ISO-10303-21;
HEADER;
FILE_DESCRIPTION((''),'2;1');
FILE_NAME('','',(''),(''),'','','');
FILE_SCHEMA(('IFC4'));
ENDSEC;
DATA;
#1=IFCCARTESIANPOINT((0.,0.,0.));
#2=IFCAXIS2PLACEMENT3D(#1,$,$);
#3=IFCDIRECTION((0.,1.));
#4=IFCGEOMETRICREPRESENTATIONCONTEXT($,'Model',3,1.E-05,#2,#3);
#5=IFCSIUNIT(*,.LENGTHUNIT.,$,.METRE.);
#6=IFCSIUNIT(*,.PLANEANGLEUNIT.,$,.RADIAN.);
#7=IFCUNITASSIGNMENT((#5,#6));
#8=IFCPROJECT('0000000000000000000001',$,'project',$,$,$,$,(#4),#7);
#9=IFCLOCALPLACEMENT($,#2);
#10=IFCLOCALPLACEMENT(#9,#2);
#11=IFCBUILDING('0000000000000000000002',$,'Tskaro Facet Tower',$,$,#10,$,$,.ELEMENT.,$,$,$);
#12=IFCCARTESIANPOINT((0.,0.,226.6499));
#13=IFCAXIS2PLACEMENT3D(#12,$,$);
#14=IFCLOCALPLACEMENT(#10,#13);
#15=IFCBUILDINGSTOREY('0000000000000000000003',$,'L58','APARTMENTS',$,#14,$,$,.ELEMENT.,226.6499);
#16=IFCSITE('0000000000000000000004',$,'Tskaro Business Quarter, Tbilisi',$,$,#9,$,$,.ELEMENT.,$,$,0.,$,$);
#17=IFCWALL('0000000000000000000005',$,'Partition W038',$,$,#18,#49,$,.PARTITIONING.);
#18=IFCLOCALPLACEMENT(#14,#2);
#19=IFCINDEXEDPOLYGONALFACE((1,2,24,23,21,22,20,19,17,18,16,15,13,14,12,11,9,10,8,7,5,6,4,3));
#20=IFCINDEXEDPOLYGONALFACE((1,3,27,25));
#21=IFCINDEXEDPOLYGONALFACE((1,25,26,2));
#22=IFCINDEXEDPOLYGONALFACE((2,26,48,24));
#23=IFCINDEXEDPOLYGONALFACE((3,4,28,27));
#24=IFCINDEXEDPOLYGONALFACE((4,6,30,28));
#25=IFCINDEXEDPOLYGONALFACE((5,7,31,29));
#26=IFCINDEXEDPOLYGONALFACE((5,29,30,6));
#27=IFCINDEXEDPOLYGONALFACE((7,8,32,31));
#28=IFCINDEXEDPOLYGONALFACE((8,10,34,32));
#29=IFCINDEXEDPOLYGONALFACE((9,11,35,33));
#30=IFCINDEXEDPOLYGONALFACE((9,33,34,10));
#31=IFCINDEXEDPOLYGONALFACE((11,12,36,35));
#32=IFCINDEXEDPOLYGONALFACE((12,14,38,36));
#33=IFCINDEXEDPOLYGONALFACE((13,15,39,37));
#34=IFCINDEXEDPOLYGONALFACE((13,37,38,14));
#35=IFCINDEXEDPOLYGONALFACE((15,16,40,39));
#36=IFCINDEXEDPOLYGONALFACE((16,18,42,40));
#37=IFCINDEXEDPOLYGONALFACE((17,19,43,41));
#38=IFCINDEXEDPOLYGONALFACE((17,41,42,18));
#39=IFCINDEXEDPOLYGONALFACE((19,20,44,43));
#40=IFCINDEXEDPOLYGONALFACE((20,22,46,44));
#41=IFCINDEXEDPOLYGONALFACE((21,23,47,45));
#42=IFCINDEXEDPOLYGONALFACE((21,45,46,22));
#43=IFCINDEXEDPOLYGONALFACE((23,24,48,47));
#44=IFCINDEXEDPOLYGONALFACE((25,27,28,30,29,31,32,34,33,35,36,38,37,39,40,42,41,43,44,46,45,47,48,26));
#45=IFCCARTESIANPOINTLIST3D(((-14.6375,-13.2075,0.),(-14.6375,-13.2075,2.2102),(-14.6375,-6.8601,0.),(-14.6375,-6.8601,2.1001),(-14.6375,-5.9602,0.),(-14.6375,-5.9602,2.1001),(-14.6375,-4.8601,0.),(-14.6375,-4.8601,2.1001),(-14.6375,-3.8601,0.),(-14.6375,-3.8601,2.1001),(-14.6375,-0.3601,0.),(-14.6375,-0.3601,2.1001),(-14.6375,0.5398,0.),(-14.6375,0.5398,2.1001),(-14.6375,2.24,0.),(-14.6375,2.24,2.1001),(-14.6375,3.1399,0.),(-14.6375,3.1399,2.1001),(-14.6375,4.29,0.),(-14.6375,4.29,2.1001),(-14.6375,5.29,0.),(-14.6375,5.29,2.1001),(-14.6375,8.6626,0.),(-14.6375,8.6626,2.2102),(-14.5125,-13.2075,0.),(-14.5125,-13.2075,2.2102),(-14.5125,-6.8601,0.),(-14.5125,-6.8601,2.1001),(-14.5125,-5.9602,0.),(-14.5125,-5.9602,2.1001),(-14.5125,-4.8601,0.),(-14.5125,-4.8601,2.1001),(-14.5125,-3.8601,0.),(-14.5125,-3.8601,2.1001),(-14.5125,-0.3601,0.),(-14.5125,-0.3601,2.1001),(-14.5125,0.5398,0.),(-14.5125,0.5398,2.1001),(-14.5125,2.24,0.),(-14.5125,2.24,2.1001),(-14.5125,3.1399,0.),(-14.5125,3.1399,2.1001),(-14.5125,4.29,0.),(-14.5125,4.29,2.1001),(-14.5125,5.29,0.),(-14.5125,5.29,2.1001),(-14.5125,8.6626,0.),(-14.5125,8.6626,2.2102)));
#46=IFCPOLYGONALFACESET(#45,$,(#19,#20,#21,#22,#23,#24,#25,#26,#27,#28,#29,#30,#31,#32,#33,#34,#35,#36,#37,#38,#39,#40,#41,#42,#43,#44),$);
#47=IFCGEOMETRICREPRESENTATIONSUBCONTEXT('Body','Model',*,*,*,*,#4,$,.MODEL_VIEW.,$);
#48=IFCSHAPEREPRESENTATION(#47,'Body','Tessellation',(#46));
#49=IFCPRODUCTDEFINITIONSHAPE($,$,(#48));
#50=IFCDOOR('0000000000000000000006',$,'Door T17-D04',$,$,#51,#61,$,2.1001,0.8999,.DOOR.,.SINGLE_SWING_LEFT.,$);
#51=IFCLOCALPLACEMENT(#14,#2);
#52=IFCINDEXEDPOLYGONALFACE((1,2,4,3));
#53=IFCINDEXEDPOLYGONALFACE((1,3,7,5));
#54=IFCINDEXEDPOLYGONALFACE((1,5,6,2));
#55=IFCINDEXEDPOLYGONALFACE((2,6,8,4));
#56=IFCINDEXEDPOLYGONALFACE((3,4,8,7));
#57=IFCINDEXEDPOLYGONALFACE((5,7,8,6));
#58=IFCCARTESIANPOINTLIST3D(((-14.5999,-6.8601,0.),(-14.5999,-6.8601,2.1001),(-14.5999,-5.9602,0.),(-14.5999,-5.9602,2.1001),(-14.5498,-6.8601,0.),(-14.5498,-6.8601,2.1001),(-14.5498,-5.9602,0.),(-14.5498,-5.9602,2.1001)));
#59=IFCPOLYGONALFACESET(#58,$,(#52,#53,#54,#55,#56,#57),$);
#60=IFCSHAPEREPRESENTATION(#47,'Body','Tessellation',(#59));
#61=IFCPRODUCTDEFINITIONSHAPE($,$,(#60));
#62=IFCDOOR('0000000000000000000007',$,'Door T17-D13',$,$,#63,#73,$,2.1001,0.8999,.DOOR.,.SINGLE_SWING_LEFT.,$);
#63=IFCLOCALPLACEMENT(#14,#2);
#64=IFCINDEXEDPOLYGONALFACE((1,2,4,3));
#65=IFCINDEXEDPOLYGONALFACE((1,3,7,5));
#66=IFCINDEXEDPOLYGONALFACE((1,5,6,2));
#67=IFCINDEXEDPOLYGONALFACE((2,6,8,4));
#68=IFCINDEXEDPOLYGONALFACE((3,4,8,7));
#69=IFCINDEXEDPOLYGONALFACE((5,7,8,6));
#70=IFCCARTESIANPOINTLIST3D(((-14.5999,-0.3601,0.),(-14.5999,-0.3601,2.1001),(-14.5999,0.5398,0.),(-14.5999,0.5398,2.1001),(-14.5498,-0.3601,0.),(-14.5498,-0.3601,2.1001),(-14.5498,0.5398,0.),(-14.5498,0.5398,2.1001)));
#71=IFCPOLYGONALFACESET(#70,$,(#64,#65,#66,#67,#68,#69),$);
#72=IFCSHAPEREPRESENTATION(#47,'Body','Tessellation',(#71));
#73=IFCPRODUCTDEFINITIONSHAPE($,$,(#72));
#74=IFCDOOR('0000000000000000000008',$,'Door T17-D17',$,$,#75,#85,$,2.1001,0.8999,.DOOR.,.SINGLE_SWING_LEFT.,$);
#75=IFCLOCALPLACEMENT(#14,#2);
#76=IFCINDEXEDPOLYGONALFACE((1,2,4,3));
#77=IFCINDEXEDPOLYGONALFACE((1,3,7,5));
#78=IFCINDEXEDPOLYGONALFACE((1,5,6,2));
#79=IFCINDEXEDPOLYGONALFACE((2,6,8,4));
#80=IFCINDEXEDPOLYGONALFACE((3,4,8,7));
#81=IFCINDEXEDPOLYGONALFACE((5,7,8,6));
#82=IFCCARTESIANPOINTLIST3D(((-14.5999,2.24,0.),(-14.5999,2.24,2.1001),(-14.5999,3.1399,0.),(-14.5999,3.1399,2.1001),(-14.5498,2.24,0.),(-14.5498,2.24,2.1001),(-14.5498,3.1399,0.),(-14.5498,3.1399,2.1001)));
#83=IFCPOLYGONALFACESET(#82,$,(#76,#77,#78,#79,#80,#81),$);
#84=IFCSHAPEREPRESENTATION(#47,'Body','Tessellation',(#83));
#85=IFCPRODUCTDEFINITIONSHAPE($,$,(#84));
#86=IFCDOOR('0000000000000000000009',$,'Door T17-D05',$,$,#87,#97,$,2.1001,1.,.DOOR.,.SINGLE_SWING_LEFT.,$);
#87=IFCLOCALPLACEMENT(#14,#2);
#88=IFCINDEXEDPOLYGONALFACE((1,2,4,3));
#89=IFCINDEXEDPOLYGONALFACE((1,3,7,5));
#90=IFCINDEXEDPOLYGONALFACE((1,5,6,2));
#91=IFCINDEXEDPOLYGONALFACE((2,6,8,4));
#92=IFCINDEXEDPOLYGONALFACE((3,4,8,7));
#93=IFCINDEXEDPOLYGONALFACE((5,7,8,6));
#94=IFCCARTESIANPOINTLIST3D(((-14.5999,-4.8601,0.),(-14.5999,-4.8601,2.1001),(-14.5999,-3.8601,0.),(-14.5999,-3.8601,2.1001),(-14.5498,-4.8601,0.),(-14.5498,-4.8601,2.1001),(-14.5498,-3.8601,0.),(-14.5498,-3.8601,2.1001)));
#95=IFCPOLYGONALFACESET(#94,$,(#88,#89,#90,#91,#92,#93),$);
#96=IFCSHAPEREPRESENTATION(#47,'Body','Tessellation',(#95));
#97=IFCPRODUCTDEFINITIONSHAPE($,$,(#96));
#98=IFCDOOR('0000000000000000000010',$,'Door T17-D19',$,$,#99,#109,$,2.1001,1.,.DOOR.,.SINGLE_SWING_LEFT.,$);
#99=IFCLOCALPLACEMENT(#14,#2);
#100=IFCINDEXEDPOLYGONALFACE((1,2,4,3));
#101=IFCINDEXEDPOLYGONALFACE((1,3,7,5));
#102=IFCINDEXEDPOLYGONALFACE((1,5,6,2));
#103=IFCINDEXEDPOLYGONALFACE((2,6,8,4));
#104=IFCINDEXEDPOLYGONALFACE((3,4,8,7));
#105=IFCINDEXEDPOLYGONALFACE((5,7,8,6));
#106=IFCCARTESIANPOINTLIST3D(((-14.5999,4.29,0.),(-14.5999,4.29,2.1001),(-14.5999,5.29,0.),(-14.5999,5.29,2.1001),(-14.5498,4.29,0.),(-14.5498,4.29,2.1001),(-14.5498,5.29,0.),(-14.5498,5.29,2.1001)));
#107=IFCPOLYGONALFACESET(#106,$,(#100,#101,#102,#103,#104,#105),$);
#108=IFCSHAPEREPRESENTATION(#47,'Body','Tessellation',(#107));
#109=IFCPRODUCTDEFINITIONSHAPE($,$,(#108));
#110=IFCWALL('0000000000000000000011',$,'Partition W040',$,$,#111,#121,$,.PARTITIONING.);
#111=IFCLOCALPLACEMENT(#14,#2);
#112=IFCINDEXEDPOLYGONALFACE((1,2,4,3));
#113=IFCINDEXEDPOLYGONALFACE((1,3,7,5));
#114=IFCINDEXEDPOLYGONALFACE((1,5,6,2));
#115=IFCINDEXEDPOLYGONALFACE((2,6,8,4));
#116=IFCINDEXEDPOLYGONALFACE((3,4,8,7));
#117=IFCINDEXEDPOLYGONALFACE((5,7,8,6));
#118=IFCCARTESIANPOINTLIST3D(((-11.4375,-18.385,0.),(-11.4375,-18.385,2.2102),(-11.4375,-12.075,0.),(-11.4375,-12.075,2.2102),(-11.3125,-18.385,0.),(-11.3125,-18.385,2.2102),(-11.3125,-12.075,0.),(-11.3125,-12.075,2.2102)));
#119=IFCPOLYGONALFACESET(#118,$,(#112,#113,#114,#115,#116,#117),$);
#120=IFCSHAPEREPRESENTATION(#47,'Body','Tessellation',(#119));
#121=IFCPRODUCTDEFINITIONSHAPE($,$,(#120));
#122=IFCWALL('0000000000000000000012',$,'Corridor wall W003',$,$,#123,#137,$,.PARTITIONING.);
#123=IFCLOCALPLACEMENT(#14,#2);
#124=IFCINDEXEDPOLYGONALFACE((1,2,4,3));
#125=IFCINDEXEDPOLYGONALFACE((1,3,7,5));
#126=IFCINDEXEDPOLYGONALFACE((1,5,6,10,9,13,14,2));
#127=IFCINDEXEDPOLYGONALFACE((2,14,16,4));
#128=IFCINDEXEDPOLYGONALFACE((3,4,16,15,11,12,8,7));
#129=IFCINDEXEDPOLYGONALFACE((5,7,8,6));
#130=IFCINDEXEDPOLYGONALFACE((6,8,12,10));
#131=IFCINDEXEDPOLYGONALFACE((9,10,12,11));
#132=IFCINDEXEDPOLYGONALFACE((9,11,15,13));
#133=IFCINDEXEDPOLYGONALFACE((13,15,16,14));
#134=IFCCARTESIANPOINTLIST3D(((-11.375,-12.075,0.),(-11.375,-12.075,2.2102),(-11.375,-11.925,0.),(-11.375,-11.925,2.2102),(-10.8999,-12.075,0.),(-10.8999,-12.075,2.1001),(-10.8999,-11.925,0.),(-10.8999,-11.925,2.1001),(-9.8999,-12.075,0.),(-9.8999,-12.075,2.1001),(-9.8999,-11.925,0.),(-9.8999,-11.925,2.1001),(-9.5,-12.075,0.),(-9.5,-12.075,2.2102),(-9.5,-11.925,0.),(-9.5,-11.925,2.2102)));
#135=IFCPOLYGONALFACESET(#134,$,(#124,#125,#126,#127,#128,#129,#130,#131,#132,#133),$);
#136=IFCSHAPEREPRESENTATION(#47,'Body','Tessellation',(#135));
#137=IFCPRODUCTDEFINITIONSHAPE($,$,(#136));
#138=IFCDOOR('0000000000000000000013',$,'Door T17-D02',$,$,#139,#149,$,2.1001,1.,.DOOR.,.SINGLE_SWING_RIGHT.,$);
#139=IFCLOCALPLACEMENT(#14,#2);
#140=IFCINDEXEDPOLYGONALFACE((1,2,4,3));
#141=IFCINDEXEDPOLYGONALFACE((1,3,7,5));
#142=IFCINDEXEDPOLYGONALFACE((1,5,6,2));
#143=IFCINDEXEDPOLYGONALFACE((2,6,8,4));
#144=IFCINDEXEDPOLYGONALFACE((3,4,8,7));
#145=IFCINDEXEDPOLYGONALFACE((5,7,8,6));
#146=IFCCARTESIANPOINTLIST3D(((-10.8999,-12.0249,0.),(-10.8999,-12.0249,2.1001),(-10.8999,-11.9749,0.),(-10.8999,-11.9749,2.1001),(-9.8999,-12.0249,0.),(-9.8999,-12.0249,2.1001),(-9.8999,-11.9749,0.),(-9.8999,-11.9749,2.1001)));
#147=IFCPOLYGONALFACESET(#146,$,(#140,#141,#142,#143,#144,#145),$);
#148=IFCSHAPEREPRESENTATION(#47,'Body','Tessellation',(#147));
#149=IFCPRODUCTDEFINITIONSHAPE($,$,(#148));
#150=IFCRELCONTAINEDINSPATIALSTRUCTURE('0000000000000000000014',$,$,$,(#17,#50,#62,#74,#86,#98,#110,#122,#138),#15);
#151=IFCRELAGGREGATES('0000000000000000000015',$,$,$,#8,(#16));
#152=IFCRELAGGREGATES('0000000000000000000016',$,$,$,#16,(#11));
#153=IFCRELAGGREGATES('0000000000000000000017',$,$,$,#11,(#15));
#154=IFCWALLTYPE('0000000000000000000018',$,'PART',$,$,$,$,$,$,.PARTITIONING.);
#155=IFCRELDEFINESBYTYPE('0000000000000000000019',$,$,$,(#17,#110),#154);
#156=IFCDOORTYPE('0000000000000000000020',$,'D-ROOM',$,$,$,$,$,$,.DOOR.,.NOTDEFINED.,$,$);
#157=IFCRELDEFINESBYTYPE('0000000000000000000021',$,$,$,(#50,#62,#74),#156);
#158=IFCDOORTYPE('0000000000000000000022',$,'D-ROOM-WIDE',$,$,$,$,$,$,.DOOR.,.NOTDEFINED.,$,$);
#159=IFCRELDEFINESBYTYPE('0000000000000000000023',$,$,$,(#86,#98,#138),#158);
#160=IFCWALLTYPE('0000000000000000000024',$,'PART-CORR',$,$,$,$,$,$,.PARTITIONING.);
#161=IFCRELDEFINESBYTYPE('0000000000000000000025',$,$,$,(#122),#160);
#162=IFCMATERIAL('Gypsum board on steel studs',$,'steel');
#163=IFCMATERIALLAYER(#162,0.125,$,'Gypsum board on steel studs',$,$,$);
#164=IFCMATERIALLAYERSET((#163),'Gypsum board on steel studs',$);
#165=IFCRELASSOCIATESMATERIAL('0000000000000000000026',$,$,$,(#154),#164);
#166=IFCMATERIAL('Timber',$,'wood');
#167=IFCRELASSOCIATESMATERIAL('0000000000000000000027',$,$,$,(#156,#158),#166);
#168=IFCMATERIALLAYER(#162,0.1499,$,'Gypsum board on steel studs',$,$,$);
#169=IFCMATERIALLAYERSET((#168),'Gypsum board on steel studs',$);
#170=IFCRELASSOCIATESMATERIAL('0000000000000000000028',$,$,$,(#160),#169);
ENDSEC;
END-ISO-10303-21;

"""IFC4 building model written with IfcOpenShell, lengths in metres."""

from ifc_helpers import new_model, si_unit, direction, frame, frame_2d, origin, place, context, subcontext, project, spatial, rectangle, extrude, material, layer, layer_set, type_object, element, fill, save


model = new_model("IFC4")

# Units and contexts
model_context = context("Model", 3, precision=1e-05, world=origin(), true_north=direction((0.0, 1.0)))
body_context = subcontext(model_context, "Body", "Model", "MODEL_VIEW")
ifc_project = project(units=[si_unit("LENGTHUNIT", "METRE"), si_unit("PLANEANGLEUNIT", "RADIAN")], contexts=[model_context])

# Site, building, storey
site_placement = place(None, origin())
site = spatial("IfcSite", under=ifc_project, at=site_placement, Name="Tskaro Business Quarter, Tbilisi", CompositionType="ELEMENT", RefElevation=0.0)
building_placement = place(site_placement, origin())
building = spatial("IfcBuilding", under=site, at=building_placement, Name="Tskaro Facet Tower", CompositionType="ELEMENT")
storey_placement = place(building_placement, frame((0.0, 0.0, 226.6499)))
storey = spatial("IfcBuildingStorey", under=building, at=storey_placement, Name="L58", Description="APARTMENTS", CompositionType="ELEMENT", Elevation=226.6499)

# Wall, openings, doors
ifc_material_1 = material(Name="Gypsum board on steel studs", Category="steel")
ifc_layer_1 = layer(ifc_material_1, 0.125, Name="Gypsum board on steel studs")
ifc_layer_set_1 = layer_set([ifc_layer_1], Name="Gypsum board on steel studs")
wall_type_1 = type_object("IfcWallType", Name="PART", PredefinedType="PARTITIONING", material=ifc_layer_set_1)
wall_1_placement = place(storey_placement, frame((-14.575, -13.2075, 0.0), z_axis=(0.0, 0.0, 1.0), x_axis=(0.0, 1.0, 0.0)))
wall_1 = element("IfcWall", 1, at=wall_1_placement, inside=storey, type_object=wall_type_1, Name="Partition W038", PredefinedType="PARTITIONING", context=body_context, shape_type="SweptSolid", body=[
    extrude(rectangle(XDim=21.8701, YDim=0.125, at=frame_2d((10.9351, 0.0))), origin(), (0.0, 0.0, 1.0), 2.2102),
])
opening_1_placement = place(wall_1_placement, frame((6.3474, 0.0, 0.0)))
opening_1 = element("IfcOpeningElement", 2, at=opening_1_placement, cuts=wall_1, PredefinedType="OPENING", context=body_context, shape_type="SweptSolid", body=[
    extrude(rectangle(XDim=0.8999, YDim=2.1001, at=frame_2d((0.45, 1.05))), frame((0.0, 0.0725, 0.0), z_axis=(0.0, -1.0, 0.0), x_axis=(1.0, 0.0, 0.0)), (0.0, 0.0, 1.0), 0.145),
])
opening_2_placement = place(wall_1_placement, frame((8.3474, 0.0, 0.0)))
opening_2 = element("IfcOpeningElement", 3, at=opening_2_placement, cuts=wall_1, PredefinedType="OPENING", context=body_context, shape_type="SweptSolid", body=[
    extrude(rectangle(XDim=1.0, YDim=2.1001, at=frame_2d((0.5, 1.05))), frame((0.0, 0.0725, 0.0), z_axis=(0.0, -1.0, 0.0), x_axis=(1.0, 0.0, 0.0)), (0.0, 0.0, 1.0), 0.145),
])
opening_3_placement = place(wall_1_placement, frame((12.8474, 0.0, 0.0)))
opening_3 = element("IfcOpeningElement", 4, at=opening_3_placement, cuts=wall_1, PredefinedType="OPENING", context=body_context, shape_type="SweptSolid", body=[
    extrude(rectangle(XDim=0.8999, YDim=2.1001, at=frame_2d((0.45, 1.05))), frame((0.0, 0.0725, 0.0), z_axis=(0.0, -1.0, 0.0), x_axis=(1.0, 0.0, 0.0)), (0.0, 0.0, 1.0), 0.145),
])
opening_4_placement = place(wall_1_placement, frame((17.4976, 0.0, 0.0)))
opening_4 = element("IfcOpeningElement", 5, at=opening_4_placement, cuts=wall_1, PredefinedType="OPENING", context=body_context, shape_type="SweptSolid", body=[
    extrude(rectangle(XDim=1.0, YDim=2.1001, at=frame_2d((0.5, 1.05))), frame((0.0, 0.0725, 0.0), z_axis=(0.0, -1.0, 0.0), x_axis=(1.0, 0.0, 0.0)), (0.0, 0.0, 1.0), 0.145),
])
opening_5_placement = place(wall_1_placement, frame((15.4475, 0.0, 0.0)))
opening_5 = element("IfcOpeningElement", 6, at=opening_5_placement, cuts=wall_1, PredefinedType="OPENING", context=body_context, shape_type="SweptSolid", body=[
    extrude(rectangle(XDim=0.8999, YDim=2.1001, at=frame_2d((0.45, 1.05))), frame((0.0, 0.0725, 0.0), z_axis=(0.0, -1.0, 0.0), x_axis=(1.0, 0.0, 0.0)), (0.0, 0.0, 1.0), 0.145),
])
ifc_material_2 = material(Name="Timber", Category="wood")
door_type_1 = type_object("IfcDoorType", Name="D-ROOM", OperationType="NOTDEFINED", PredefinedType="DOOR", material=ifc_material_2)
door_1_placement = place(opening_1_placement, origin())
door_1 = element("IfcDoor", 7, at=door_1_placement, inside=storey, type_object=door_type_1, Name="Door T17-D04", OperationType="SINGLE_SWING_LEFT", OverallHeight=2.1001, OverallWidth=0.8999, PredefinedType="DOOR", context=body_context, shape_type="SweptSolid", body=[
    extrude(rectangle(XDim=0.8999, YDim=2.1001, at=frame_2d((0.45, 1.05))), frame((0.0, 0.0249, 0.0), z_axis=(0.0, -1.0, 0.0), x_axis=(1.0, 0.0, 0.0)), (0.0, 0.0, 1.0), 0.05),
])
fill(opening_1, door_1)
door_2_placement = place(opening_3_placement, origin())
door_2 = element("IfcDoor", 8, at=door_2_placement, inside=storey, type_object=door_type_1, Name="Door T17-D13", OperationType="SINGLE_SWING_LEFT", OverallHeight=2.1001, OverallWidth=0.8999, PredefinedType="DOOR", context=body_context, shape_type="SweptSolid", body=[
    extrude(rectangle(XDim=0.8999, YDim=2.1001, at=frame_2d((0.45, 1.05))), frame((0.0, 0.0249, 0.0), z_axis=(0.0, -1.0, 0.0), x_axis=(1.0, 0.0, 0.0)), (0.0, 0.0, 1.0), 0.05),
])
fill(opening_3, door_2)
door_3_placement = place(opening_5_placement, origin())
door_3 = element("IfcDoor", 9, at=door_3_placement, inside=storey, type_object=door_type_1, Name="Door T17-D17", OperationType="SINGLE_SWING_LEFT", OverallHeight=2.1001, OverallWidth=0.8999, PredefinedType="DOOR", context=body_context, shape_type="SweptSolid", body=[
    extrude(rectangle(XDim=0.8999, YDim=2.1001, at=frame_2d((0.45, 1.05))), frame((0.0, 0.0249, 0.0), z_axis=(0.0, -1.0, 0.0), x_axis=(1.0, 0.0, 0.0)), (0.0, 0.0, 1.0), 0.05),
])
fill(opening_5, door_3)
door_type_2 = type_object("IfcDoorType", Name="D-ROOM-WIDE", OperationType="NOTDEFINED", PredefinedType="DOOR", material=ifc_material_2)
door_4_placement = place(opening_2_placement, origin())
door_4 = element("IfcDoor", 10, at=door_4_placement, inside=storey, type_object=door_type_2, Name="Door T17-D05", OperationType="SINGLE_SWING_LEFT", OverallHeight=2.1001, OverallWidth=1.0, PredefinedType="DOOR", context=body_context, shape_type="SweptSolid", body=[
    extrude(rectangle(XDim=1.0, YDim=2.1001, at=frame_2d((0.5, 1.05))), frame((0.0, 0.0249, 0.0), z_axis=(0.0, -1.0, 0.0), x_axis=(1.0, 0.0, 0.0)), (0.0, 0.0, 1.0), 0.05),
])
fill(opening_2, door_4)
door_5_placement = place(opening_4_placement, origin())
door_5 = element("IfcDoor", 11, at=door_5_placement, inside=storey, type_object=door_type_2, Name="Door T17-D19", OperationType="SINGLE_SWING_LEFT", OverallHeight=2.1001, OverallWidth=1.0, PredefinedType="DOOR", context=body_context, shape_type="SweptSolid", body=[
    extrude(rectangle(XDim=1.0, YDim=2.1001, at=frame_2d((0.5, 1.05))), frame((0.0, 0.0249, 0.0), z_axis=(0.0, -1.0, 0.0), x_axis=(1.0, 0.0, 0.0)), (0.0, 0.0, 1.0), 0.05),
])
fill(opening_4, door_5)

# Wall
wall_2_placement = place(storey_placement, frame((-11.375, -18.385, 0.0), z_axis=(0.0, 0.0, 1.0), x_axis=(0.0, 1.0, 0.0)))
element("IfcWall", 12, at=wall_2_placement, inside=storey, type_object=wall_type_1, Name="Partition W040", PredefinedType="PARTITIONING", context=body_context, shape_type="SweptSolid", body=[
    extrude(rectangle(XDim=6.3101, YDim=0.125, at=frame_2d((3.155, 0.0))), origin(), (0.0, 0.0, 1.0), 2.2102),
])

# Wall, opening, door
ifc_layer_2 = layer(ifc_material_1, 0.1499, Name="Gypsum board on steel studs")
ifc_layer_set_2 = layer_set([ifc_layer_2], Name="Gypsum board on steel studs")
wall_type_2 = type_object("IfcWallType", Name="PART-CORR", PredefinedType="PARTITIONING", material=ifc_layer_set_2)
wall_3_placement = place(storey_placement, frame((-9.5, -12.0, 0.0), z_axis=(0.0, 0.0, 1.0), x_axis=(-1.0, 0.0, 0.0)))
wall_3 = element("IfcWall", 13, at=wall_3_placement, inside=storey, type_object=wall_type_2, Name="Corridor wall W003", PredefinedType="PARTITIONING", context=body_context, shape_type="SweptSolid", body=[
    extrude(rectangle(XDim=1.875, YDim=0.1499, at=frame_2d((0.9375, 0.0))), origin(), (0.0, 0.0, 1.0), 2.2102),
])
opening_6_placement = place(wall_3_placement, frame((0.3999, 0.0, 0.0)))
opening_6 = element("IfcOpeningElement", 14, at=opening_6_placement, cuts=wall_3, PredefinedType="OPENING", context=body_context, shape_type="SweptSolid", body=[
    extrude(rectangle(XDim=1.0, YDim=2.1001, at=frame_2d((0.5, 1.05))), frame((0.0, 0.085, 0.0), z_axis=(0.0, -1.0, 0.0), x_axis=(1.0, 0.0, 0.0)), (0.0, 0.0, 1.0), 0.1699),
])
door_6_placement = place(opening_6_placement, origin())
door_6 = element("IfcDoor", 15, at=door_6_placement, inside=storey, type_object=door_type_2, Name="Door T17-D02", OperationType="SINGLE_SWING_RIGHT", OverallHeight=2.1001, OverallWidth=1.0, PredefinedType="DOOR", context=body_context, shape_type="SweptSolid", body=[
    extrude(rectangle(XDim=1.0, YDim=2.1001, at=frame_2d((0.5, 1.05))), frame((0.0, 0.0249, 0.0), z_axis=(0.0, -1.0, 0.0), x_axis=(1.0, 0.0, 0.0)), (0.0, 0.0, 1.0), 0.05),
])
fill(opening_6, door_6)

save(model, "model.ifc")
